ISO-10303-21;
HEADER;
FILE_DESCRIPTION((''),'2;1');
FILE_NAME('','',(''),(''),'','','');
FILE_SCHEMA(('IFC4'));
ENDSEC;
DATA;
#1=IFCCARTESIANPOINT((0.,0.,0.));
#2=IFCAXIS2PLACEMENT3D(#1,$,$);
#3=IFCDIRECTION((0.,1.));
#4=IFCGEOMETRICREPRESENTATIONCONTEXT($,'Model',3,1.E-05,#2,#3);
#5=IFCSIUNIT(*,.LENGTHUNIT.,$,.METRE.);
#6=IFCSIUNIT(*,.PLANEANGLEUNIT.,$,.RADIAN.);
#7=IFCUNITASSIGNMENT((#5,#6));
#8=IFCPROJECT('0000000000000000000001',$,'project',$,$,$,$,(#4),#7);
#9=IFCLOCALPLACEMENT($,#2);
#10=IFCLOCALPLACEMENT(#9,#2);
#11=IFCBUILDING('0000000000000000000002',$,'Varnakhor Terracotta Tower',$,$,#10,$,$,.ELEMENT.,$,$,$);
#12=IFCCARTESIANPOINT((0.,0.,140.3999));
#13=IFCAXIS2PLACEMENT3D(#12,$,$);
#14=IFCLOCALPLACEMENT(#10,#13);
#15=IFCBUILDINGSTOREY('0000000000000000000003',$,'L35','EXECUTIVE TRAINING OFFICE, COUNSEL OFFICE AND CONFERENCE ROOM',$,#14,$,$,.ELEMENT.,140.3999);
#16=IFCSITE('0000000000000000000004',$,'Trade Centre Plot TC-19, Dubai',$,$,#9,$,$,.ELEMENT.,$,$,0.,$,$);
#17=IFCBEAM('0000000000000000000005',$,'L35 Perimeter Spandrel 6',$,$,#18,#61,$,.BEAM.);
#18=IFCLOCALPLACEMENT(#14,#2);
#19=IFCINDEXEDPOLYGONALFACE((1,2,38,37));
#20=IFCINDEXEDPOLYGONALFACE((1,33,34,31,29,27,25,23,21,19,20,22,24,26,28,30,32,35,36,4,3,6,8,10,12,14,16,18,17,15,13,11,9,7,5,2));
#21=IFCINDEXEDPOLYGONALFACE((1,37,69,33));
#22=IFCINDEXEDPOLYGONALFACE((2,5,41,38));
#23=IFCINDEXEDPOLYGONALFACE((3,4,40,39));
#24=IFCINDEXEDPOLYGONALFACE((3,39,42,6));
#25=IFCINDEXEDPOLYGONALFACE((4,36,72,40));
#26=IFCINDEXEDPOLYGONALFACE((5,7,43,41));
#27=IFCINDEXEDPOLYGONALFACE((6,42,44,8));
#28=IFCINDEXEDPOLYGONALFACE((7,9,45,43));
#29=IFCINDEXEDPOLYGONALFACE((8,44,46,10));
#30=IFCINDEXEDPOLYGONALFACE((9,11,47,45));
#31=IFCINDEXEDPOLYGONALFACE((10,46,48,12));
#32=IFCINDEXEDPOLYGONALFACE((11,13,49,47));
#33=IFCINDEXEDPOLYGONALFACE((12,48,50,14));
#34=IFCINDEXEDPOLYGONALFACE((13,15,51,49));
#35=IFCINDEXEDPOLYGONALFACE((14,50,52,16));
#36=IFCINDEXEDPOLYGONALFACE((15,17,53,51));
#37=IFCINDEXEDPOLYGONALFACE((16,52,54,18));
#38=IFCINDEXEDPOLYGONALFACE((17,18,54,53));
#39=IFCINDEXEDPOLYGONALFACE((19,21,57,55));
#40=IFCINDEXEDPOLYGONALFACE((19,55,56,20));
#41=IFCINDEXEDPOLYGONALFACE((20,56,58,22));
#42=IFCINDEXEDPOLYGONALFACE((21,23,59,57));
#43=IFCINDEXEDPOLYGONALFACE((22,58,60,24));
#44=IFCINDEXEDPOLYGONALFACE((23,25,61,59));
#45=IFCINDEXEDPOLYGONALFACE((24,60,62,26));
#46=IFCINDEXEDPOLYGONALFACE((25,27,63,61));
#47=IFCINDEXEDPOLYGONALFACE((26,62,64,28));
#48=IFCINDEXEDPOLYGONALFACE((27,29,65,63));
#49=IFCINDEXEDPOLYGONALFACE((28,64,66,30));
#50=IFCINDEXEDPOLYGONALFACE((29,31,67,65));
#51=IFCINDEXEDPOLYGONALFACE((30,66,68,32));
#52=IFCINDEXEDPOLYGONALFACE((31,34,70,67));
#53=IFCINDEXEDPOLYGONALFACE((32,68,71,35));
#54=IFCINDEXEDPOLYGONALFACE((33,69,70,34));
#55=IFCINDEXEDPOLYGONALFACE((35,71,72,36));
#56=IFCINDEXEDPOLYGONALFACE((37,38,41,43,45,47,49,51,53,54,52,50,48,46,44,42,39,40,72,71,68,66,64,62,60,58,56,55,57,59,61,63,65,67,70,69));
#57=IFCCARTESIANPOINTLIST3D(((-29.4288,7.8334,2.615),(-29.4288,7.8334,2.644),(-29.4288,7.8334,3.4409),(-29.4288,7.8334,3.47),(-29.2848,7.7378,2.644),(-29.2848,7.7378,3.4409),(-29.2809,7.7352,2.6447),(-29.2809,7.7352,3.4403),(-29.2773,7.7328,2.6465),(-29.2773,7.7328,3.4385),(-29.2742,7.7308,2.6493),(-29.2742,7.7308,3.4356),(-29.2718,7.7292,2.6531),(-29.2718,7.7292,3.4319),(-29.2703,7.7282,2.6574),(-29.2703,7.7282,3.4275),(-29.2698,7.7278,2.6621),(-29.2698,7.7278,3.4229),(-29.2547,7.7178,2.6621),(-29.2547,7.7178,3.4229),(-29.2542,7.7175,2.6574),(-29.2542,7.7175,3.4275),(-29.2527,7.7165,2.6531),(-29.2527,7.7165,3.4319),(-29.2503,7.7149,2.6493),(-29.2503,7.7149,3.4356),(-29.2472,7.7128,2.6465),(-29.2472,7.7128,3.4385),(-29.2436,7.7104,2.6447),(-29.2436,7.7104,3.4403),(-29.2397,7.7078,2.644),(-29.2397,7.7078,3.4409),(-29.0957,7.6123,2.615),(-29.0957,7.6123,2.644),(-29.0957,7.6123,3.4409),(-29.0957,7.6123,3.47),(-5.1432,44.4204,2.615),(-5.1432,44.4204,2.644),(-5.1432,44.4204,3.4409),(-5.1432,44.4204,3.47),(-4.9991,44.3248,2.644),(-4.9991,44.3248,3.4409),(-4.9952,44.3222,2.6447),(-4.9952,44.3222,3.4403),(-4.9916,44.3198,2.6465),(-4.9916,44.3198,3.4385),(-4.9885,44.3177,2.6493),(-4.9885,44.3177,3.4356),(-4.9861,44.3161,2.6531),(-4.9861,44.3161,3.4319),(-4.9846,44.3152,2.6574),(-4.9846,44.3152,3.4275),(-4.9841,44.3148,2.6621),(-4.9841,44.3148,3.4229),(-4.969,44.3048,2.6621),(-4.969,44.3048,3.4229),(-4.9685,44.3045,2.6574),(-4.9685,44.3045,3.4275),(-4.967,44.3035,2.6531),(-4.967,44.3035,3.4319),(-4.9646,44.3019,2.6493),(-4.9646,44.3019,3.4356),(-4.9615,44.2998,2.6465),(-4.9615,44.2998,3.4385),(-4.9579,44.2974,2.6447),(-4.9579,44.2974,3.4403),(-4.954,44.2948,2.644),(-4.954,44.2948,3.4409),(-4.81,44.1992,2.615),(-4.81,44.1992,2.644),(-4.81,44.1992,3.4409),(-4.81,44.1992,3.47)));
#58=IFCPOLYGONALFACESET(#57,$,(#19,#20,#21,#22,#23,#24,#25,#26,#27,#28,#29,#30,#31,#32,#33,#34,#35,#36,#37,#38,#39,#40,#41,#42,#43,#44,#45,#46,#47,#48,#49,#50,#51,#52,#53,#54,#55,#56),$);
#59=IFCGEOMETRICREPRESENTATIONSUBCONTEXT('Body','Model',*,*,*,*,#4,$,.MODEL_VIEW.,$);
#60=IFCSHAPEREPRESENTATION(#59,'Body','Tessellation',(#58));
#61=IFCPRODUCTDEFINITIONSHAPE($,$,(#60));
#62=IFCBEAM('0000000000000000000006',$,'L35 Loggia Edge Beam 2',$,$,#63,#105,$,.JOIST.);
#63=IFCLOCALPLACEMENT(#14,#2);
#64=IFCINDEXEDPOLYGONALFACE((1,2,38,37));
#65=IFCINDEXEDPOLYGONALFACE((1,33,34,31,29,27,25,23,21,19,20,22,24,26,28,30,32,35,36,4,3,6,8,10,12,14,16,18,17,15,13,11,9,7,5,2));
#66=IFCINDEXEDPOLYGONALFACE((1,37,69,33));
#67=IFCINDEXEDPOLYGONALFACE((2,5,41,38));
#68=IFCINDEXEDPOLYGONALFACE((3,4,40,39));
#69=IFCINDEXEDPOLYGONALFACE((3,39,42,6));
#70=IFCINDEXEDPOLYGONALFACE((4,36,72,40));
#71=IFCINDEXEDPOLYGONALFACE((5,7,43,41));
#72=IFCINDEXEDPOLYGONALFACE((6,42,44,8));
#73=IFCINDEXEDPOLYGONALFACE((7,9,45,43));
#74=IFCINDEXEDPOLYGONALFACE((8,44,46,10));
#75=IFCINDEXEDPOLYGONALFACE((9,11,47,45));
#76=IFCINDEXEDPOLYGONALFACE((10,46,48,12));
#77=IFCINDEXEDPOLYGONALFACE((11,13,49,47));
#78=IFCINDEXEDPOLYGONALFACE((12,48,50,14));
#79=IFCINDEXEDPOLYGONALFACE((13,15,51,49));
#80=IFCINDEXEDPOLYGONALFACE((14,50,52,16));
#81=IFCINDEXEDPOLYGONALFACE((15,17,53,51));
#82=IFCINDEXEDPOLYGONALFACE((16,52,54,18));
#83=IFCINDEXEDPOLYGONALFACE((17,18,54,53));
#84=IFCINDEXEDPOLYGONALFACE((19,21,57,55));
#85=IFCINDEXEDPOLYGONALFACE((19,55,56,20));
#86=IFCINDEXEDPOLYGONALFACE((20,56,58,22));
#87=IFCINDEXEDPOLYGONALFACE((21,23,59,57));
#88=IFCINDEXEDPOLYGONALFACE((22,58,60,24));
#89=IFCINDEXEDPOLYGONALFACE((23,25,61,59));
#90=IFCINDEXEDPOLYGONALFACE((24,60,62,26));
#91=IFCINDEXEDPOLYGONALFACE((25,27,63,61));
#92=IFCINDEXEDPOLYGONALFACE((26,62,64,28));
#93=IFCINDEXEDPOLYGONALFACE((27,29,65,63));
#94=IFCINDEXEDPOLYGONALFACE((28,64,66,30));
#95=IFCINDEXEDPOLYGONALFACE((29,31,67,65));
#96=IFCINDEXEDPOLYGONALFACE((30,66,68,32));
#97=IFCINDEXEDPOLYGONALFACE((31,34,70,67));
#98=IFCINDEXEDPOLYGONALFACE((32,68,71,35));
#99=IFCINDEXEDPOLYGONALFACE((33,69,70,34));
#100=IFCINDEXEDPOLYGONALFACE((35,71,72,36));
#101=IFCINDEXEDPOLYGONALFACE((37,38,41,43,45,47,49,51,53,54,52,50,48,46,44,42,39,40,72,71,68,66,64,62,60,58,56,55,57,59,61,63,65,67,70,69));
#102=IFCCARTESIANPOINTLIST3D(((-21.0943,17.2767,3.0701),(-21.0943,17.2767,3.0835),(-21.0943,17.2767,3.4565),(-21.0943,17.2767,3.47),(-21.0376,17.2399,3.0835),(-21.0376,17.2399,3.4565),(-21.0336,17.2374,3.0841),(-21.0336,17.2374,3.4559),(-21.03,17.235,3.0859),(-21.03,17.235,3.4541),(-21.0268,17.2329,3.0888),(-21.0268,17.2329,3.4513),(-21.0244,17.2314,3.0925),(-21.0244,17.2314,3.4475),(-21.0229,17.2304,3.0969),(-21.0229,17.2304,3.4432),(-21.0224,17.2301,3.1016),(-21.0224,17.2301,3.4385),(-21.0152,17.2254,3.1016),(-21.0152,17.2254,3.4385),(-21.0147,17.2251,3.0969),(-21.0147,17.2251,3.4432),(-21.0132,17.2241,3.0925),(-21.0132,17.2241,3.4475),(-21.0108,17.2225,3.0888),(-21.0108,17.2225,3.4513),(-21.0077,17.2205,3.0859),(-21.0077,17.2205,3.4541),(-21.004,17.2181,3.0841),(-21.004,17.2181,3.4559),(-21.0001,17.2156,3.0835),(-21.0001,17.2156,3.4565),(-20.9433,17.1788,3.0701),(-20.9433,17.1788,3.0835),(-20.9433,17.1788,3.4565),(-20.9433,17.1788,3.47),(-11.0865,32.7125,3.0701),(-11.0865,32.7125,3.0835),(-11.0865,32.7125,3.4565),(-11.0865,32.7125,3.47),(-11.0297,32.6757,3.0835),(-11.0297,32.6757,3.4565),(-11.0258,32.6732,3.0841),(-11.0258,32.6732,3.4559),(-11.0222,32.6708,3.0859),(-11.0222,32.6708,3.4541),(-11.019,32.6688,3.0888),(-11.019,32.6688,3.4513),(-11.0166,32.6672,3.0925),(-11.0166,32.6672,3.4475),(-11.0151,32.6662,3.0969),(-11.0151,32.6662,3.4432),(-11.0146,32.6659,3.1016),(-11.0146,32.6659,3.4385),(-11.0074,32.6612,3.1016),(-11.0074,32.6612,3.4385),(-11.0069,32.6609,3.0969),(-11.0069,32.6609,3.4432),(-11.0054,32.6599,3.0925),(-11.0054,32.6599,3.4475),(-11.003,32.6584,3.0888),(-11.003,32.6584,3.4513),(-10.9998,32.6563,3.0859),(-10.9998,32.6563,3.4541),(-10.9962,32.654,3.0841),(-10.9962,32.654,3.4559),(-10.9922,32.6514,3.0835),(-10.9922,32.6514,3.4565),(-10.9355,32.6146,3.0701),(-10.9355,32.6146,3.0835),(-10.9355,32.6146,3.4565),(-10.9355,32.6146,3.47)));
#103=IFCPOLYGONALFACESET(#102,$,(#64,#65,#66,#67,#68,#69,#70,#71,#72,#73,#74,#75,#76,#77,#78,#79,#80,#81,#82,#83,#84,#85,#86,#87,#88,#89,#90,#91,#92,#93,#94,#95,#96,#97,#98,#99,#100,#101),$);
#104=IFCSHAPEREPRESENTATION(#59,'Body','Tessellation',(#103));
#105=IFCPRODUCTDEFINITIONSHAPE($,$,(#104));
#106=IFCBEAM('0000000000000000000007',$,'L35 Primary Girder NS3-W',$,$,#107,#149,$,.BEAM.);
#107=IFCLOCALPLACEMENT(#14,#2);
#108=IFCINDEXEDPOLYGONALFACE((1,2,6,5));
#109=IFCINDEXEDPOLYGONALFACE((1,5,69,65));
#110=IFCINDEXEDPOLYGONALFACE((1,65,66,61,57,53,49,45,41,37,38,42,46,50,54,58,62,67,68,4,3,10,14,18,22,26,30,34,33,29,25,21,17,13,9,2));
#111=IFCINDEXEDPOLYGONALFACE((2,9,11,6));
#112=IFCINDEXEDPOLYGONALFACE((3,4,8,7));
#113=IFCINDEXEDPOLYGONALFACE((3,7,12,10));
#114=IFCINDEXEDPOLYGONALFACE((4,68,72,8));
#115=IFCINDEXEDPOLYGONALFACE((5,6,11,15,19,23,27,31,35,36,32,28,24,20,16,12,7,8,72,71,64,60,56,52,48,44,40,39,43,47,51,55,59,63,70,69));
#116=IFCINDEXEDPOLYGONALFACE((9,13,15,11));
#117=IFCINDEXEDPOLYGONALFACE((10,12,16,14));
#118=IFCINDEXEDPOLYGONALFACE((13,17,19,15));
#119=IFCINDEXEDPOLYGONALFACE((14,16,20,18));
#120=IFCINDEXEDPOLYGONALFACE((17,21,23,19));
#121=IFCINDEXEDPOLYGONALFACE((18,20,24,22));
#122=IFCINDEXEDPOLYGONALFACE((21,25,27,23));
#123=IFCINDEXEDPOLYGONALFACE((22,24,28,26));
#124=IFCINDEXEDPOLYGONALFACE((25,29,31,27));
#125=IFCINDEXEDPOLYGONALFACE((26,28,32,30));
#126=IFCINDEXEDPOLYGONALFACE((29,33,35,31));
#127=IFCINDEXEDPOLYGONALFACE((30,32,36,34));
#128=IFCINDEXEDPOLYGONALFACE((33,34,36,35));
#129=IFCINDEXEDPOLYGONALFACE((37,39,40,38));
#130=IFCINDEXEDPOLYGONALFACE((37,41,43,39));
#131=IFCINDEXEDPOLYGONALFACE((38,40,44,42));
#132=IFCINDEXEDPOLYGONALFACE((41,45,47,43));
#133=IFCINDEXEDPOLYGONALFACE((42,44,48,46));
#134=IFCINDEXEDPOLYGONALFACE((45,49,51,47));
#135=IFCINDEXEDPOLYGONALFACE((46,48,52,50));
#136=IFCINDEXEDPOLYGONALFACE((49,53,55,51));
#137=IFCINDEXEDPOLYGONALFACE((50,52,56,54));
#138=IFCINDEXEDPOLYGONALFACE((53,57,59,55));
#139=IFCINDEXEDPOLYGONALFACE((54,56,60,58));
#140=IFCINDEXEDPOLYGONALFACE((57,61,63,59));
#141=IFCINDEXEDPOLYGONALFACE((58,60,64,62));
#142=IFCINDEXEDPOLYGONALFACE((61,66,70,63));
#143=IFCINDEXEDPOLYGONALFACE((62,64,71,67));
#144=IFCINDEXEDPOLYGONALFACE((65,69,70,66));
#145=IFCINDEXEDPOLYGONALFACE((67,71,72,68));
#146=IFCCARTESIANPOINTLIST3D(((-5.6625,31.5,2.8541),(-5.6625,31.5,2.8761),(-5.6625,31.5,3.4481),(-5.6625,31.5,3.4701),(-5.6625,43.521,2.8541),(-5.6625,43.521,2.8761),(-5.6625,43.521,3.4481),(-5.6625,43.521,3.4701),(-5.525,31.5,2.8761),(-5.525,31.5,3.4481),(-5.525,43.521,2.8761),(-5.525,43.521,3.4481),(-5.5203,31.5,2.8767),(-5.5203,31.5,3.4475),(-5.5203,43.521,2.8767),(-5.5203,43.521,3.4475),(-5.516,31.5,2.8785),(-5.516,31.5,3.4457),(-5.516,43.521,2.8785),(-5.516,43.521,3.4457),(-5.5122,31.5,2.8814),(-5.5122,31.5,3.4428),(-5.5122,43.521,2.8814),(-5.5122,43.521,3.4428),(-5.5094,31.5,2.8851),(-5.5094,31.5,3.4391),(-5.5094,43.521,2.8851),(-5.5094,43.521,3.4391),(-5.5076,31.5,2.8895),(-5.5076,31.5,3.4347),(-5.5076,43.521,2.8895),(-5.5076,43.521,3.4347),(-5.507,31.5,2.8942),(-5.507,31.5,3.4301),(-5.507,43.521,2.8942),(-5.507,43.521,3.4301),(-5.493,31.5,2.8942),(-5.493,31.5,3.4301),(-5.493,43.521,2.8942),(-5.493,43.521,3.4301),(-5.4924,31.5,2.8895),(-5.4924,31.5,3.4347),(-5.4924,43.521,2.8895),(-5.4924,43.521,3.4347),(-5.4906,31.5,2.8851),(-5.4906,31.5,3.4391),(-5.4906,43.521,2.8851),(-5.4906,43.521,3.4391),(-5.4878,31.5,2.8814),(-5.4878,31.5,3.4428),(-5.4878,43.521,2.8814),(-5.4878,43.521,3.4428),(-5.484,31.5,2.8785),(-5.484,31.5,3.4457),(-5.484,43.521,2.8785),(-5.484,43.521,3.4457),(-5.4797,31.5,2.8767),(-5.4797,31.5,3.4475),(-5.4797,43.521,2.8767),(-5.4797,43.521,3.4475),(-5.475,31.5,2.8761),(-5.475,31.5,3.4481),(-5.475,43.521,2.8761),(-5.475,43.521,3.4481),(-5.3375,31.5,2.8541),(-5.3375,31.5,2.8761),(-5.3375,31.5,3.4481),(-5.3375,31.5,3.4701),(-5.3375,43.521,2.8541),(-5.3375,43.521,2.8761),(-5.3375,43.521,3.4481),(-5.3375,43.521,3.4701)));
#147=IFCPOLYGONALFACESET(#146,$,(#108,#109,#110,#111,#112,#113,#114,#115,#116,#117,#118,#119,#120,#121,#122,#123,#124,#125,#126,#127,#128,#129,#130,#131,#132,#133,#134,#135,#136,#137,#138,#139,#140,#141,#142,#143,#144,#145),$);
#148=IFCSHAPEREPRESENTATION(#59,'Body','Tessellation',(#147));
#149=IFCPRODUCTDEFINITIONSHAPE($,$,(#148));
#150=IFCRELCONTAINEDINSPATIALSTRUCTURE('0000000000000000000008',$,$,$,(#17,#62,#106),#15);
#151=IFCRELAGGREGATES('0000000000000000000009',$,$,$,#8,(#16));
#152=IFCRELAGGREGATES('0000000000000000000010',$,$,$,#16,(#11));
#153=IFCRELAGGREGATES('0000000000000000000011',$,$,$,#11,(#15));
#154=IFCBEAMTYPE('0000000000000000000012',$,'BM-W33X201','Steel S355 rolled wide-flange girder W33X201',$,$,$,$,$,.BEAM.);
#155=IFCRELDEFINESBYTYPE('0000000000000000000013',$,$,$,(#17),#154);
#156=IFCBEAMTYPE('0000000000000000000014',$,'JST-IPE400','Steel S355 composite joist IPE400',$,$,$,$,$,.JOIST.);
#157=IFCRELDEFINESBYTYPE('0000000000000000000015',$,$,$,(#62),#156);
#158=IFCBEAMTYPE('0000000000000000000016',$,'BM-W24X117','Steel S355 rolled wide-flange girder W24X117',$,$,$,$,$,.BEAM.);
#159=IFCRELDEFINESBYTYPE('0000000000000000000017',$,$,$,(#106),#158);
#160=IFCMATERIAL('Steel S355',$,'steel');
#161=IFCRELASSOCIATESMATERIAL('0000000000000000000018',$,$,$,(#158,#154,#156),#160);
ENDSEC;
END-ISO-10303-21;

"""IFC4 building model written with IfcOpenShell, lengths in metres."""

from ifc_helpers import new_model, si_unit, direction, frame, origin, origin_2d, place, context, subcontext, project, spatial, i_section, extrude, source, transform, mapped, material, material_profile, profile_set, type_object, element, save


model = new_model("IFC4")

# Units and contexts
model_context = context("Model", 3, precision=1e-05, world=origin(), true_north=direction((0.0, 1.0)))
body_context = subcontext(model_context, "Body", "Model", "MODEL_VIEW")
ifc_project = project(units=[si_unit("LENGTHUNIT", "METRE"), si_unit("PLANEANGLEUNIT", "RADIAN")], contexts=[model_context])

# Site, building, storey
site_placement = place(None, origin())
site = spatial("IfcSite", under=ifc_project, at=site_placement, Name="Trade Centre Plot TC-19, Dubai", CompositionType="ELEMENT", RefElevation=0.0)
building_placement = place(site_placement, origin())
building = spatial("IfcBuilding", under=site, at=building_placement, Name="Varnakhor Terracotta Tower", CompositionType="ELEMENT")
storey_placement = place(building_placement, frame((0.0, 0.0, 140.3999)))
storey = spatial("IfcBuildingStorey", under=building, at=storey_placement, Name="L35", Description="EXECUTIVE TRAINING OFFICE, COUNSEL OFFICE AND CONFERENCE ROOM", CompositionType="ELEMENT", Elevation=140.3999)

# Beams
ifc_material_1 = material(Name="Steel S355", Category="steel")
ifc_material_profile_1 = material_profile(ifc_material_1, i_section(OverallWidth=0.325, OverallDepth=0.616, WebThickness=0.0139, FlangeThickness=0.022, FilletRadius=0.0181, at=origin_2d()), Name="W24X117")
ifc_profile_set_1 = profile_set([ifc_material_profile_1], Name="Steel S355")
beam_type_1 = type_object("IfcBeamType", Name="BM-W24X117", Description="Steel S355 rolled wide-flange girder W24X117", PredefinedType="BEAM", material=ifc_profile_set_1)
ifc_material_profile_2 = material_profile(ifc_material_1, i_section(OverallWidth=0.3999, OverallDepth=0.855, WebThickness=0.0181, FlangeThickness=0.0291, FilletRadius=0.0181, at=origin_2d()), Name="W33X201")
ifc_profile_set_2 = profile_set([ifc_material_profile_2], Name="Steel S355")
beam_type_2 = type_object("IfcBeamType", Name="BM-W33X201", Description="Steel S355 rolled wide-flange girder W33X201", PredefinedType="BEAM", material=ifc_profile_set_2)
shared_shape_1 = source(origin(), body_context, "Body", "SweptSolid", [
    extrude(i_section(OverallWidth=0.3999, OverallDepth=0.855, WebThickness=0.0181, FlangeThickness=0.0291, FilletRadius=0.0181, at=origin_2d()), origin(), (0.0, 0.0, 1.0), 43.9136),
])
beam_1_placement = place(storey_placement, frame((-4.9766, 44.3098, 3.0425), z_axis=(-0.553034, -0.833159, 0.0), x_axis=(0.833159, -0.553034, 0.0)))
element("IfcBeam", 1, at=beam_1_placement, inside=storey, type_object=beam_type_2, Name="L35 Perimeter Spandrel 6", PredefinedType="BEAM", context=body_context, shape_type="MappedRepresentation", body=[
    mapped(shared_shape_1, transform((0.0, 0.0, 0.0), scale=1.0)),
])
ifc_material_profile_3 = material_profile(ifc_material_1, i_section(OverallWidth=0.1799, OverallDepth=0.3999, WebThickness=0.0085, FlangeThickness=0.0134, FilletRadius=0.0181, at=origin_2d()), Name="IPE400")
ifc_profile_set_3 = profile_set([ifc_material_profile_3], Name="Steel S355")
beam_type_3 = type_object("IfcBeamType", Name="JST-IPE400", Description="Steel S355 composite joist IPE400", PredefinedType="JOIST", material=ifc_profile_set_3)
shared_shape_2 = source(origin(), body_context, "Body", "SweptSolid", [
    extrude(i_section(OverallWidth=0.1799, OverallDepth=0.3999, WebThickness=0.0085, FlangeThickness=0.0134, FilletRadius=0.0181, at=origin_2d()), origin(), (0.0, 0.0, 1.0), 18.3962),
])
beam_2_placement = place(storey_placement, frame((-11.011, 32.6636, 3.27), z_axis=(-0.544015, -0.839075, 0.0), x_axis=(0.839075, -0.544015, 0.0)))
element("IfcBeam", 2, at=beam_2_placement, inside=storey, type_object=beam_type_3, Name="L35 Loggia Edge Beam 2", PredefinedType="JOIST", context=body_context, shape_type="MappedRepresentation", body=[
    mapped(shared_shape_2, transform((0.0, 0.0, 0.0), scale=1.0)),
])
shared_shape_3 = source(origin(), body_context, "Body", "SweptSolid", [
    extrude(i_section(OverallWidth=0.325, OverallDepth=0.616, WebThickness=0.0139, FlangeThickness=0.022, FilletRadius=0.0181, at=origin_2d()), origin(), (0.0, 0.0, 1.0), 12.021),
])
beam_3_placement = place(storey_placement, frame((-5.5, 31.5, 3.1621), z_axis=(0.0, 1.0, 0.0), x_axis=(-1.0, 0.0, 0.0)))
element("IfcBeam", 3, at=beam_3_placement, inside=storey, type_object=beam_type_1, Name="L35 Primary Girder NS3-W", PredefinedType="BEAM", context=body_context, shape_type="MappedRepresentation", body=[
    mapped(shared_shape_3, transform((0.0, 0.0, 0.0), scale=1.0)),
])

save(model, "model.ifc")
